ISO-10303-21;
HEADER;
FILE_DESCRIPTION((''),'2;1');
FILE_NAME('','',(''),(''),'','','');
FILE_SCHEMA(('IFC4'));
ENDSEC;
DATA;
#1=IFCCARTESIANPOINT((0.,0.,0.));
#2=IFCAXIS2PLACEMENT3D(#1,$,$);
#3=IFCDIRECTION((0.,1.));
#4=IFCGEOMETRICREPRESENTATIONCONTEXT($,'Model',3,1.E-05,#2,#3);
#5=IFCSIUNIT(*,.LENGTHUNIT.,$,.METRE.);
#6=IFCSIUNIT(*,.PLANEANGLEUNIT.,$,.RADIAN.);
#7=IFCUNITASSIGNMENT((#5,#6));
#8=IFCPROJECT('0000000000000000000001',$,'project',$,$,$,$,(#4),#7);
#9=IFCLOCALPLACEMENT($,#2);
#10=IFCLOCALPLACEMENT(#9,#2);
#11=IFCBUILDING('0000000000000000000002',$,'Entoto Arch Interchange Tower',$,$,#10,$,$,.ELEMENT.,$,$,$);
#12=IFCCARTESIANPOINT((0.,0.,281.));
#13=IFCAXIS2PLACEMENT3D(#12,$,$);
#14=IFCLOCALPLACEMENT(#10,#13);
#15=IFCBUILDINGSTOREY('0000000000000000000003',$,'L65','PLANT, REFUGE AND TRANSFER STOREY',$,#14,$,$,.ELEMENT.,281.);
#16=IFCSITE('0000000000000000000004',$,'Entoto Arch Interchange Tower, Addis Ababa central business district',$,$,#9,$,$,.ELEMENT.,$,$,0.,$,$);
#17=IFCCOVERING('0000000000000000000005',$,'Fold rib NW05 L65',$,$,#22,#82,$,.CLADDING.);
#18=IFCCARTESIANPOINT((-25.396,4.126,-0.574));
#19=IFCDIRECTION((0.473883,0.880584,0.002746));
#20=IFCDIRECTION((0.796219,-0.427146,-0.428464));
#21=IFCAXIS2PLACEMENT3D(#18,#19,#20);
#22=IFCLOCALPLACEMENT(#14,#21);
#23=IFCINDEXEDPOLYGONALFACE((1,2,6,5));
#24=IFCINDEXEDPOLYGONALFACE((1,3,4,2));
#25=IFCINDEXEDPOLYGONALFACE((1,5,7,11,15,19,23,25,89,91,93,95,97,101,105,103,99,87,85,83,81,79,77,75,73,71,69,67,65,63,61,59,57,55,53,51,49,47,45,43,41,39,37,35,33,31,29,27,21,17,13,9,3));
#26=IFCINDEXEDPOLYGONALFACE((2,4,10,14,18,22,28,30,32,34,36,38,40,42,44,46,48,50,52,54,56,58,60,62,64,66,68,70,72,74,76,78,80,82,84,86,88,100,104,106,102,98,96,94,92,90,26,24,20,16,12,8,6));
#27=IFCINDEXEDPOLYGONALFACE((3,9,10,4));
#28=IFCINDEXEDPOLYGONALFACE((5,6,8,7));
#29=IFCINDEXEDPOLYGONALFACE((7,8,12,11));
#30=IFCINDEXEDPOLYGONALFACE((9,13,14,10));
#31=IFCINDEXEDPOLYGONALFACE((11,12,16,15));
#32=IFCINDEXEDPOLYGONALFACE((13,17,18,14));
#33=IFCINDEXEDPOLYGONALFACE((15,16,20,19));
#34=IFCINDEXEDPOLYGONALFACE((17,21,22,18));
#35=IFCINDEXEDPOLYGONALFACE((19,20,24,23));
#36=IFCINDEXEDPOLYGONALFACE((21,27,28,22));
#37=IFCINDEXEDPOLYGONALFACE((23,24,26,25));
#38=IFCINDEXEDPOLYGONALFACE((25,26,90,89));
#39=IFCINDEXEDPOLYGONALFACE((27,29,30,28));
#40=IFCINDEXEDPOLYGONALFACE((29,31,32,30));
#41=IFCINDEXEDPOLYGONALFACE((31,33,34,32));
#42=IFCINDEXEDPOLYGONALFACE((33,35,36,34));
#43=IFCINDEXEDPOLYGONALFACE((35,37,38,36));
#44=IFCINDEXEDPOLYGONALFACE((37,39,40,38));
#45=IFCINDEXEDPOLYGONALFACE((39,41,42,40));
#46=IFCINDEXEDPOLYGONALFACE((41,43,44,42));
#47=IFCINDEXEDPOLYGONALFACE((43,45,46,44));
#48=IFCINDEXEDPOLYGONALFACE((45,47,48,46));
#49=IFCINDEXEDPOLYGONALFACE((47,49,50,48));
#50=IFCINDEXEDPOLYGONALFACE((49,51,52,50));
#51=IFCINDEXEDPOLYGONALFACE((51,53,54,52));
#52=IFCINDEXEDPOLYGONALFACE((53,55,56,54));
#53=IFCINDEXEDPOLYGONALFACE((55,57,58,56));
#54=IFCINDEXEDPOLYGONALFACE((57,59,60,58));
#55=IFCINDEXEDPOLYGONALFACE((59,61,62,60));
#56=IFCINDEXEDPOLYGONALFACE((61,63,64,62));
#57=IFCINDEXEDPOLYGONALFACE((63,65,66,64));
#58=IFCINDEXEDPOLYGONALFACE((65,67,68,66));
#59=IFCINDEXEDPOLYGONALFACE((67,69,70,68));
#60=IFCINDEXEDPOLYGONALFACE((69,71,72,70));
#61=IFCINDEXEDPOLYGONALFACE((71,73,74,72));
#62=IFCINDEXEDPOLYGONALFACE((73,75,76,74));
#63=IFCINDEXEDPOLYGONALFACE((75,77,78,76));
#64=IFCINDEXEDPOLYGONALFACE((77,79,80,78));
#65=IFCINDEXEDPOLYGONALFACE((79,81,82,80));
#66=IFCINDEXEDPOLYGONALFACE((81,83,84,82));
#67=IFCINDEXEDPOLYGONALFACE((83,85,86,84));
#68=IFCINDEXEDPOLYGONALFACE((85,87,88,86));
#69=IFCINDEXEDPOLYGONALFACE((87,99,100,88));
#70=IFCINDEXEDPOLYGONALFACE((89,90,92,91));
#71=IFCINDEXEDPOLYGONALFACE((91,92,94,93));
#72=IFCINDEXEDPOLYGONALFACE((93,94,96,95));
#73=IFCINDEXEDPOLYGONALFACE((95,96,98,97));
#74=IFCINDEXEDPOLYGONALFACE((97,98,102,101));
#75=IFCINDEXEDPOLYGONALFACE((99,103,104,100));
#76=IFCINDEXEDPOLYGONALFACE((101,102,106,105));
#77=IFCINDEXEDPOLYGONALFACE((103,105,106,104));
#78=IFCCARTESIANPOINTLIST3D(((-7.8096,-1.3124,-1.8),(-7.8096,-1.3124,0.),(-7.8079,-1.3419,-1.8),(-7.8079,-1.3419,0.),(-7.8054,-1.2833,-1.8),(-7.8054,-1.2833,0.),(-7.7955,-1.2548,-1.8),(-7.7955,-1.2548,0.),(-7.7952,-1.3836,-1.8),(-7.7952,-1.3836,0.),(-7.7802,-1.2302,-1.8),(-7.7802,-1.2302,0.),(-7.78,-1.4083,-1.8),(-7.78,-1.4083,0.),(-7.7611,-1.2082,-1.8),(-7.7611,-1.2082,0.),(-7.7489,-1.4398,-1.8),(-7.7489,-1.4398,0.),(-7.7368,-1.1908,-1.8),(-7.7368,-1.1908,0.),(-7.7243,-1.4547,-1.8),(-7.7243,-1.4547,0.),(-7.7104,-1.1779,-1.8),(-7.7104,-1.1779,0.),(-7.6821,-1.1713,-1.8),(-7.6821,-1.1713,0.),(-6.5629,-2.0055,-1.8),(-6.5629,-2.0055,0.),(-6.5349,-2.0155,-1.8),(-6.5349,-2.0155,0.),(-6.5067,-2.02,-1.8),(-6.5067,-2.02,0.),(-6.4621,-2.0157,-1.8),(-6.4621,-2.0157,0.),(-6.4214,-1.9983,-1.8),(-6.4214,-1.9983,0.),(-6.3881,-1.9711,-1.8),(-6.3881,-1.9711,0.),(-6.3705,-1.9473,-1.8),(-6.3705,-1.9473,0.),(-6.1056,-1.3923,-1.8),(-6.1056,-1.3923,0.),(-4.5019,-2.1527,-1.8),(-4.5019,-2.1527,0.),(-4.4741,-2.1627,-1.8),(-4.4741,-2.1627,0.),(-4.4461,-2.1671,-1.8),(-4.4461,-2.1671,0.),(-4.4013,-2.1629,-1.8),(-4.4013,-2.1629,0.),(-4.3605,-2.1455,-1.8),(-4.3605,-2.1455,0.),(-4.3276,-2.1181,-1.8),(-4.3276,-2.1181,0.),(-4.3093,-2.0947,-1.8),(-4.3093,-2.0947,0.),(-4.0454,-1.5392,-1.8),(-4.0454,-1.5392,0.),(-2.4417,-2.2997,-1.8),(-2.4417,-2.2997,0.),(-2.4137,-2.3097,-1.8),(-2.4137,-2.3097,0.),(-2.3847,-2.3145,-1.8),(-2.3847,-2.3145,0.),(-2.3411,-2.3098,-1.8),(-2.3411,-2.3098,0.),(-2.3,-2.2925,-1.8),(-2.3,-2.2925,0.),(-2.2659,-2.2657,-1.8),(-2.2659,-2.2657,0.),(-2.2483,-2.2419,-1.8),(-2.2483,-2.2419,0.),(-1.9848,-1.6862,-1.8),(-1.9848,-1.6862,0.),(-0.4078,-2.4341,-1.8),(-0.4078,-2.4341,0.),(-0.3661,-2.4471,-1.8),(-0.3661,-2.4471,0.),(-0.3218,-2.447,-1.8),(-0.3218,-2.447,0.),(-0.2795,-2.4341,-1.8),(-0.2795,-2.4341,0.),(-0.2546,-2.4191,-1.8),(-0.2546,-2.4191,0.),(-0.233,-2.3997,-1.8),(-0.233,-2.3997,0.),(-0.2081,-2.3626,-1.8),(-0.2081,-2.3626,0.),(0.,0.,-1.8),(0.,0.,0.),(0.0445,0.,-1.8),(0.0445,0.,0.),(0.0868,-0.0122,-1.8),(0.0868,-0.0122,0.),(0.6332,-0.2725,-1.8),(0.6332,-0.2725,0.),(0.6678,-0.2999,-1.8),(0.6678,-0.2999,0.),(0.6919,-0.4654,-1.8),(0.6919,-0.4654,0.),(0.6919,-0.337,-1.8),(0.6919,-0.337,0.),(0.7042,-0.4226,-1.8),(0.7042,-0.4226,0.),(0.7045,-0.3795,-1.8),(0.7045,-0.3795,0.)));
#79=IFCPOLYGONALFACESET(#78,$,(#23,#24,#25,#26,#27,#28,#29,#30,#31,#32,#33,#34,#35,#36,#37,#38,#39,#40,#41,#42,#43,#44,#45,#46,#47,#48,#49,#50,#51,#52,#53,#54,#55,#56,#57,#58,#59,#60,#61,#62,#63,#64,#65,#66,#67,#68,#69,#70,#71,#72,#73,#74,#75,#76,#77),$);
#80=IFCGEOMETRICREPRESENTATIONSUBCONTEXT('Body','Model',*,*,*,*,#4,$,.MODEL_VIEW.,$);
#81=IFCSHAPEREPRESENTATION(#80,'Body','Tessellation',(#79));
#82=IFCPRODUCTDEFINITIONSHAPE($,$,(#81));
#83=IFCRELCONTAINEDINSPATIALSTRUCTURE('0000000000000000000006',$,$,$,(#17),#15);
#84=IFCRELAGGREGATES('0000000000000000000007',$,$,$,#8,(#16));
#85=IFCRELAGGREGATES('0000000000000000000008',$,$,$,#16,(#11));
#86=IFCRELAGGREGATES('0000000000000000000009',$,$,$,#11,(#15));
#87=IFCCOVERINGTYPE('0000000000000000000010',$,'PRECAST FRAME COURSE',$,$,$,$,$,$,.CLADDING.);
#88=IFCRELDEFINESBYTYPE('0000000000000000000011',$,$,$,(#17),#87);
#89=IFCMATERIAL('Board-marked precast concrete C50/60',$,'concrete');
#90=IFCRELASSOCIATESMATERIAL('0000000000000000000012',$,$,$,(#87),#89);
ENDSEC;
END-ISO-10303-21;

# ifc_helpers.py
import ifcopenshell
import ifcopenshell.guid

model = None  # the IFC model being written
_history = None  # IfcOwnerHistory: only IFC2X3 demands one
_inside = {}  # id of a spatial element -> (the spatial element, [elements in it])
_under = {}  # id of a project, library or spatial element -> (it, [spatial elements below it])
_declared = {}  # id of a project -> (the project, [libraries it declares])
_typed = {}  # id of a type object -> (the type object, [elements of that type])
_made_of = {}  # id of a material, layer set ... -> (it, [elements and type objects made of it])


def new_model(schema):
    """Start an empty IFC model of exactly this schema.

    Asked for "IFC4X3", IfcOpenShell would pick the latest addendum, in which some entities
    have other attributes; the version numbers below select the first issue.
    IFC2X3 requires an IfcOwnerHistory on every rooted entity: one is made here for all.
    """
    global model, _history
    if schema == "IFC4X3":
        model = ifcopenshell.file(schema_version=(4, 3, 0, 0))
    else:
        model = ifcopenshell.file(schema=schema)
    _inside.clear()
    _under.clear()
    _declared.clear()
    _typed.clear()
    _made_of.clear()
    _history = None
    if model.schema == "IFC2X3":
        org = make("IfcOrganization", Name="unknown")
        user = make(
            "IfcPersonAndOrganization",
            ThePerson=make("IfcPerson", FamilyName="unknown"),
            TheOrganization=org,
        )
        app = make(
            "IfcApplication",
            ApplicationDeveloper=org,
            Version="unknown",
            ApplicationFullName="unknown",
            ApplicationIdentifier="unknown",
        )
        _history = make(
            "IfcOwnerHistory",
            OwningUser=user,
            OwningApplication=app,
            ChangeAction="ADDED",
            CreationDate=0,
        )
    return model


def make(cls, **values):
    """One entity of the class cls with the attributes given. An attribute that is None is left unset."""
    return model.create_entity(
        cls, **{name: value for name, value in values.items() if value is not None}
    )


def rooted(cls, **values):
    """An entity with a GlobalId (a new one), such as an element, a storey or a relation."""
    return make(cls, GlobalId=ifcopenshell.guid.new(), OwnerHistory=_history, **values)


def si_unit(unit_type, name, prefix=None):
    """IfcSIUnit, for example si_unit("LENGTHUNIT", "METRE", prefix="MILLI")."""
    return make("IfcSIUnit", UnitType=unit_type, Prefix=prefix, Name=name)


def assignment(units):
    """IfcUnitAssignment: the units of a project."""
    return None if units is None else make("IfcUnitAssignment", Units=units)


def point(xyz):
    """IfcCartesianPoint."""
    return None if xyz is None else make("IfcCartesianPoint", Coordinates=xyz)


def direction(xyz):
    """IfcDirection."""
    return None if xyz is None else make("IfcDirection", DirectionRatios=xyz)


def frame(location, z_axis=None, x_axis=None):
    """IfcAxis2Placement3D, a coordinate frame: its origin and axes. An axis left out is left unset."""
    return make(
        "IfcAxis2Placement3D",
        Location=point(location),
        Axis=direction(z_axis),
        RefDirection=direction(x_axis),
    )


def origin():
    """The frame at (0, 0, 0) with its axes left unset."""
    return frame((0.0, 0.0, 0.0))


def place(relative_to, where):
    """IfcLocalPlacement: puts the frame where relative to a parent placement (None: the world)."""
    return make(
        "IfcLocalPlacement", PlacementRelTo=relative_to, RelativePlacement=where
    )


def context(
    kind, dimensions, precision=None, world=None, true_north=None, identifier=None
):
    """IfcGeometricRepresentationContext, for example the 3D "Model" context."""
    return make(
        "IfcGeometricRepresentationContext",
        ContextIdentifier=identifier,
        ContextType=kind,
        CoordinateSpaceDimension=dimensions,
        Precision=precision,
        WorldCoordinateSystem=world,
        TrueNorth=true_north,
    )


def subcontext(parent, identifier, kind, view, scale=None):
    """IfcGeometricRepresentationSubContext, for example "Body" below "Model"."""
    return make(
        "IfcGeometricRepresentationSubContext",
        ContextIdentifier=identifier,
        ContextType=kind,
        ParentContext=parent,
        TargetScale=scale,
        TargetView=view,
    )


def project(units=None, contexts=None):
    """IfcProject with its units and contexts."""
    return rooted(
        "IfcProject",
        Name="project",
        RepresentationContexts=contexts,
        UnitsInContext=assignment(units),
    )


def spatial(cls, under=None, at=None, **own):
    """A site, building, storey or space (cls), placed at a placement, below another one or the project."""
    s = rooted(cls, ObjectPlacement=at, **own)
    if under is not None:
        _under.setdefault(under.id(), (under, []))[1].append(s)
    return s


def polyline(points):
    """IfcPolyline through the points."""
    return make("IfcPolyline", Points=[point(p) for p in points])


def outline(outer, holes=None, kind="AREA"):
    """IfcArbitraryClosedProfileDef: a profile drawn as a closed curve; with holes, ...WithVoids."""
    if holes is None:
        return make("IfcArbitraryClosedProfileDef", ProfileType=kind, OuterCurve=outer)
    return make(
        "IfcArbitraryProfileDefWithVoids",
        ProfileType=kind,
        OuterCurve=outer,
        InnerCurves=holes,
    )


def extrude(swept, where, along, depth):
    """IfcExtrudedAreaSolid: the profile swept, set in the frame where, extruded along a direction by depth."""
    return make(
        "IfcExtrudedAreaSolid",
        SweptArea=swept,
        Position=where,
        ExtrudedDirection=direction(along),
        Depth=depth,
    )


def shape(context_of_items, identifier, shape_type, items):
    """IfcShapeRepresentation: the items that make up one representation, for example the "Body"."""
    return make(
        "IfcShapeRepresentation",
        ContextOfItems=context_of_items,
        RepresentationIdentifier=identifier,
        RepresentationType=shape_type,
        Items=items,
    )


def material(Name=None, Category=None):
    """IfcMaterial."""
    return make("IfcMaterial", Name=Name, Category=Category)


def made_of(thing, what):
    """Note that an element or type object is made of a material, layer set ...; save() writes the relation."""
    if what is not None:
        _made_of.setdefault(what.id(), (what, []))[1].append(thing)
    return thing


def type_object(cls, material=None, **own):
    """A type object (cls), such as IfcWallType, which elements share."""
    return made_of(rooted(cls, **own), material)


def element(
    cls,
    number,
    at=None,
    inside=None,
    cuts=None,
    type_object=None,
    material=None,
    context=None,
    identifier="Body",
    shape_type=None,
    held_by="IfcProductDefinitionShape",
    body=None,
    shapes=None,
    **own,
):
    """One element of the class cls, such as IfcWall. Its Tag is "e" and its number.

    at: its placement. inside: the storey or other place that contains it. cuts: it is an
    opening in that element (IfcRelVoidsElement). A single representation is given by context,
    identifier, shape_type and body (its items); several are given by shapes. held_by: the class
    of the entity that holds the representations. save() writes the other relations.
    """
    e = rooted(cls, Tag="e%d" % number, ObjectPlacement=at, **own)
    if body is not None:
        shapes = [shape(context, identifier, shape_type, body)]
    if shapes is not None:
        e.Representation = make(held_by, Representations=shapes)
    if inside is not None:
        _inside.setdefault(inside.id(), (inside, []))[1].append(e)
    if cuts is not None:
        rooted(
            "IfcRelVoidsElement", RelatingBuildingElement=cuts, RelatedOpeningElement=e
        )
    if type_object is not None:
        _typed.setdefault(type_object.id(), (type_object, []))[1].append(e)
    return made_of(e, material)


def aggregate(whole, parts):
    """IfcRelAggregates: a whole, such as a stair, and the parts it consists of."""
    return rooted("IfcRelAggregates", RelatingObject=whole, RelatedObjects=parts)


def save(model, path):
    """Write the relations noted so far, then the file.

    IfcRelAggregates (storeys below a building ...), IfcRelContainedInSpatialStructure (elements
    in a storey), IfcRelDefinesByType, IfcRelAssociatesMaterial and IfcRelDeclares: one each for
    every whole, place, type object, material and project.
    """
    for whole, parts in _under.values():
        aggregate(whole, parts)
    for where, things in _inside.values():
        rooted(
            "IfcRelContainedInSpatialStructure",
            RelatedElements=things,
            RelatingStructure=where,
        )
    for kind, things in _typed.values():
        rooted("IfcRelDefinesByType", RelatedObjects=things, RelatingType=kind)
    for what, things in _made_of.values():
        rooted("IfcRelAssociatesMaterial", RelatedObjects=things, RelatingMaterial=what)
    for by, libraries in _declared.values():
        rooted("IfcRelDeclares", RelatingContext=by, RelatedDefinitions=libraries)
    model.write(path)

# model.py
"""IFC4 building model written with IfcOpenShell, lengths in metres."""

from ifc_helpers import new_model, si_unit, direction, frame, origin, place, context, subcontext, project, spatial, polyline, outline, extrude, material, type_object, element, save


model = new_model("IFC4")

# Units and contexts
model_context = context("Model", 3, precision=1e-05, world=origin(), true_north=direction((0.0, 1.0)))
body_context = subcontext(model_context, "Body", "Model", "MODEL_VIEW")
ifc_project = project(units=[si_unit("LENGTHUNIT", "METRE"), si_unit("PLANEANGLEUNIT", "RADIAN")], contexts=[model_context])

# Site, building, storey
site_placement = place(None, origin())
site = spatial("IfcSite", under=ifc_project, at=site_placement, Name="Entoto Arch Interchange Tower, Addis Ababa central business district", CompositionType="ELEMENT", RefElevation=0.0)
building_placement = place(site_placement, origin())
building = spatial("IfcBuilding", under=site, at=building_placement, Name="Entoto Arch Interchange Tower", CompositionType="ELEMENT")
storey_placement = place(building_placement, frame((0.0, 0.0, 281.0)))
storey = spatial("IfcBuildingStorey", under=building, at=storey_placement, Name="L65", Description="PLANT, REFUGE AND TRANSFER STOREY", CompositionType="ELEMENT", Elevation=281.0)

# Shared definitions
ifc_material_1 = material(Name="Board-marked precast concrete C50/60", Category="concrete")

# Covering
covering_type = type_object("IfcCoveringType", Name="PRECAST FRAME COURSE", PredefinedType="CLADDING", material=ifc_material_1)
covering_placement = place(storey_placement, frame((-25.396, 4.126, -0.574), z_axis=(0.473883, 0.880584, 0.002746), x_axis=(0.796219, -0.427146, -0.428464)))
element("IfcCovering", 1, at=covering_placement, inside=storey, type_object=covering_type, Name="Fold rib NW05 L65", PredefinedType="CLADDING", context=body_context, shape_type="SweptSolid", body=[
    extrude(outline(polyline([(0.0, 0.0), (0.0445, 0.0), (0.0868, -0.0122), (0.6332, -0.2725), (0.6678, -0.2999), (0.6919, -0.337), (0.7045, -0.3795), (0.7042, -0.4226), (0.6919, -0.4654), (-0.2081, -2.3626), (-0.233, -2.3997), (-0.2546, -2.4191), (-0.2795, -2.4341), (-0.3218, -2.447), (-0.3661, -2.4471), (-0.4078, -2.4341), (-1.9848, -1.6862), (-2.2483, -2.2419), (-2.2659, -2.2657), (-2.3, -2.2925), (-2.3411, -2.3098), (-2.3847, -2.3145), (-2.4137, -2.3097), (-2.4417, -2.2997), (-4.0454, -1.5392), (-4.3093, -2.0947), (-4.3276, -2.1181), (-4.3605, -2.1455), (-4.4013, -2.1629), (-4.4461, -2.1671), (-4.4741, -2.1627), (-4.5019, -2.1527), (-6.1056, -1.3923), (-6.3705, -1.9473), (-6.3881, -1.9711), (-6.4214, -1.9983), (-6.4621, -2.0157), (-6.5067, -2.02), (-6.5349, -2.0155), (-6.5629, -2.0055), (-7.7243, -1.4547), (-7.7489, -1.4398), (-7.78, -1.4083), (-7.7952, -1.3836), (-7.8079, -1.3419), (-7.8096, -1.3124), (-7.8054, -1.2833), (-7.7955, -1.2548), (-7.7802, -1.2302), (-7.7611, -1.2082), (-7.7368, -1.1908), (-7.7104, -1.1779), (-7.6821, -1.1713), (0.0, 0.0)])), origin(), (0.0, 0.0, -1.0), 1.8),
])

save(model, "model.ifc")
